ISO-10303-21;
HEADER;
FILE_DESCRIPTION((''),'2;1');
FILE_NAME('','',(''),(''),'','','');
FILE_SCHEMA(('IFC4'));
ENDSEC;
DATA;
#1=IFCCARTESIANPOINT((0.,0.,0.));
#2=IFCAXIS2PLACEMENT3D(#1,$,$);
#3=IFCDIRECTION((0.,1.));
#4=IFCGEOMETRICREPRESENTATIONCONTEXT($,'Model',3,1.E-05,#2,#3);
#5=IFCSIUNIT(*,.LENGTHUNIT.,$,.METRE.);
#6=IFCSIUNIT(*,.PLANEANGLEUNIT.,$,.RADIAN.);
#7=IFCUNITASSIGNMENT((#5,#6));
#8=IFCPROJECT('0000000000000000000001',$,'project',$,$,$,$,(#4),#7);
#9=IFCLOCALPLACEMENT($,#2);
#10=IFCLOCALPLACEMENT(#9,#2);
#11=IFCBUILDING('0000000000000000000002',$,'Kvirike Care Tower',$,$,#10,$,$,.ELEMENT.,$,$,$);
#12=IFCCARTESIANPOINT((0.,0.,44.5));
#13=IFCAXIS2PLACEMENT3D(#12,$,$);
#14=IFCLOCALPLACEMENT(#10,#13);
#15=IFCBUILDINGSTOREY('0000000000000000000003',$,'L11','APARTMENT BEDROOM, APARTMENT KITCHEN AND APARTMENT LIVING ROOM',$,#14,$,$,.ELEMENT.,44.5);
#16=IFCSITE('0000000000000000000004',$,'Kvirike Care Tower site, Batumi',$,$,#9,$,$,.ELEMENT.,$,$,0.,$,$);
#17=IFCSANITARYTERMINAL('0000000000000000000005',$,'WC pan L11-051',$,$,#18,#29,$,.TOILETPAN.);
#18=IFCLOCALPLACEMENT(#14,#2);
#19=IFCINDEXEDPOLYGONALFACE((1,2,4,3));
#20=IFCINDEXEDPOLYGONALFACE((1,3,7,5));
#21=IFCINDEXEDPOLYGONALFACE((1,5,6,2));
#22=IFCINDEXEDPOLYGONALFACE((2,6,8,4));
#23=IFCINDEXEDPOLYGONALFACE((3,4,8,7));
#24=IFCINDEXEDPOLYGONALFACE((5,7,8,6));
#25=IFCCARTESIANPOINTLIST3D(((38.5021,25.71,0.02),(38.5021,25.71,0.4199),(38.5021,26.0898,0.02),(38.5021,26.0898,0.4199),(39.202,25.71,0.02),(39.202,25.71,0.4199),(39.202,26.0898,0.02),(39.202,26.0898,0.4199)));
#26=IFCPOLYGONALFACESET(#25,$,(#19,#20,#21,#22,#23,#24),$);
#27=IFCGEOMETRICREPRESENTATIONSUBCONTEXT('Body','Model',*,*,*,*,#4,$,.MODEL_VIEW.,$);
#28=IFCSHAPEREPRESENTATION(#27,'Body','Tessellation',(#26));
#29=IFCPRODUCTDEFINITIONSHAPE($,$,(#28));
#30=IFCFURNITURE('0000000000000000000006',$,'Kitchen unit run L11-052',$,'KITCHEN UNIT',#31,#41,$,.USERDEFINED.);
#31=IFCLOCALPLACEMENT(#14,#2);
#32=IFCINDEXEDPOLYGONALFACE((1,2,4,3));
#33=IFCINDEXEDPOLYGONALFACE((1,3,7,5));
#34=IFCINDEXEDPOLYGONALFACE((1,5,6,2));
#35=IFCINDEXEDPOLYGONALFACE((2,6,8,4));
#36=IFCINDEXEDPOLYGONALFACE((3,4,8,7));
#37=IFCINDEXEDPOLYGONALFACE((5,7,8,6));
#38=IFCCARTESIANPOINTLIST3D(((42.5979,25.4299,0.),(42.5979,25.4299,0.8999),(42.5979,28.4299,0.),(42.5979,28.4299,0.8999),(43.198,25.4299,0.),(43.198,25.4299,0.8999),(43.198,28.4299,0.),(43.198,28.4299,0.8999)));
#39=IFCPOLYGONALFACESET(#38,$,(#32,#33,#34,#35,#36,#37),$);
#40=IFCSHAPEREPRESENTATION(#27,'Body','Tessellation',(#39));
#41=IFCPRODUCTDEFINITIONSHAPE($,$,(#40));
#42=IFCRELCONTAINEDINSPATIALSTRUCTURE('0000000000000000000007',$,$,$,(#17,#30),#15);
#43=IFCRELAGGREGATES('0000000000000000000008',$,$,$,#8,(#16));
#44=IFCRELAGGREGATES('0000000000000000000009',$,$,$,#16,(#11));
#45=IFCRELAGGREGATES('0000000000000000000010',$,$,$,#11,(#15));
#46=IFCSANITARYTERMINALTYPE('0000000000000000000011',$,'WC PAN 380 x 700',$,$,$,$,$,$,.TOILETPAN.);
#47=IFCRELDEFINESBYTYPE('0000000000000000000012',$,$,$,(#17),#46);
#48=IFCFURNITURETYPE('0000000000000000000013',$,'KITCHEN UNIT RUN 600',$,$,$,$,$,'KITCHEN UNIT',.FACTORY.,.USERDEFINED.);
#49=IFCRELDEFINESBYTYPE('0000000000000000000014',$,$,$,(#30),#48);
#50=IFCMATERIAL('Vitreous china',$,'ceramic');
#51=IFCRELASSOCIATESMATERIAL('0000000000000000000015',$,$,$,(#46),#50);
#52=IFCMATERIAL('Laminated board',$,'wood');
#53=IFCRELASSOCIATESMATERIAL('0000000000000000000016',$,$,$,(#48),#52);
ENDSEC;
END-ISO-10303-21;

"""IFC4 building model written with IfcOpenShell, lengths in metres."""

from ifc_helpers import new_model, si_unit, direction, frame, origin, origin_2d, place, context, subcontext, project, spatial, rectangle, extrude, material, type_object, element, save


model = new_model("IFC4")

# Units and contexts
model_context = context("Model", 3, precision=1e-05, world=origin(), true_north=direction((0.0, 1.0)))
body_context = subcontext(model_context, "Body", "Model", "MODEL_VIEW")
ifc_project = project(units=[si_unit("LENGTHUNIT", "METRE"), si_unit("PLANEANGLEUNIT", "RADIAN")], contexts=[model_context])

# Site, building, storey
site_placement = place(None, origin())
site = spatial("IfcSite", under=ifc_project, at=site_placement, Name="Kvirike Care Tower site, Batumi", CompositionType="ELEMENT", RefElevation=0.0)
building_placement = place(site_placement, origin())
building = spatial("IfcBuilding", under=site, at=building_placement, Name="Kvirike Care Tower", CompositionType="ELEMENT")
storey_placement = place(building_placement, frame((0.0, 0.0, 44.5)))
storey = spatial("IfcBuildingStorey", under=building, at=storey_placement, Name="L11", Description="APARTMENT BEDROOM, APARTMENT KITCHEN AND APARTMENT LIVING ROOM", CompositionType="ELEMENT", Elevation=44.5)

# Sanitary terminal
ifc_material_1 = material(Name="Vitreous china", Category="ceramic")
sanitary_terminal_type_1 = type_object("IfcSanitaryTerminalType", Name="WC PAN 380 x 700", PredefinedType="TOILETPAN", material=ifc_material_1)
sanitary_terminal_1_placement = place(storey_placement, frame((38.8521, 25.8999, 0.02), z_axis=(0.0, 0.0, 1.0), x_axis=(0.0, 1.0, 0.0)))
element("IfcSanitaryTerminal", 1, at=sanitary_terminal_1_placement, inside=storey, type_object=sanitary_terminal_type_1, Name="WC pan L11-051", PredefinedType="TOILETPAN", context=body_context, shape_type="SweptSolid", body=[
    extrude(rectangle(XDim=0.3799, YDim=0.7, at=origin_2d()), origin(), (0.0, 0.0, 1.0), 0.3999),
])

# Furniture
ifc_material_2 = material(Name="Laminated board", Category="wood")
furniture_type = type_object("IfcFurnitureType", Name="KITCHEN UNIT RUN 600", ElementType="KITCHEN UNIT", AssemblyPlace="FACTORY", PredefinedType="USERDEFINED", material=ifc_material_2)
furniture_placement = place(storey_placement, frame((42.8979, 26.9299, 0.0), z_axis=(0.0, 0.0, 1.0), x_axis=(0.0, -1.0, 0.0)))
element("IfcFurniture", 2, at=furniture_placement, inside=storey, type_object=furniture_type, Name="Kitchen unit run L11-052", ObjectType="KITCHEN UNIT", PredefinedType="USERDEFINED", context=body_context, shape_type="SweptSolid", body=[
    extrude(rectangle(XDim=3.0, YDim=0.6001, at=origin_2d()), origin(), (0.0, 0.0, 1.0), 0.8999),
])

save(model, "model.ifc")
